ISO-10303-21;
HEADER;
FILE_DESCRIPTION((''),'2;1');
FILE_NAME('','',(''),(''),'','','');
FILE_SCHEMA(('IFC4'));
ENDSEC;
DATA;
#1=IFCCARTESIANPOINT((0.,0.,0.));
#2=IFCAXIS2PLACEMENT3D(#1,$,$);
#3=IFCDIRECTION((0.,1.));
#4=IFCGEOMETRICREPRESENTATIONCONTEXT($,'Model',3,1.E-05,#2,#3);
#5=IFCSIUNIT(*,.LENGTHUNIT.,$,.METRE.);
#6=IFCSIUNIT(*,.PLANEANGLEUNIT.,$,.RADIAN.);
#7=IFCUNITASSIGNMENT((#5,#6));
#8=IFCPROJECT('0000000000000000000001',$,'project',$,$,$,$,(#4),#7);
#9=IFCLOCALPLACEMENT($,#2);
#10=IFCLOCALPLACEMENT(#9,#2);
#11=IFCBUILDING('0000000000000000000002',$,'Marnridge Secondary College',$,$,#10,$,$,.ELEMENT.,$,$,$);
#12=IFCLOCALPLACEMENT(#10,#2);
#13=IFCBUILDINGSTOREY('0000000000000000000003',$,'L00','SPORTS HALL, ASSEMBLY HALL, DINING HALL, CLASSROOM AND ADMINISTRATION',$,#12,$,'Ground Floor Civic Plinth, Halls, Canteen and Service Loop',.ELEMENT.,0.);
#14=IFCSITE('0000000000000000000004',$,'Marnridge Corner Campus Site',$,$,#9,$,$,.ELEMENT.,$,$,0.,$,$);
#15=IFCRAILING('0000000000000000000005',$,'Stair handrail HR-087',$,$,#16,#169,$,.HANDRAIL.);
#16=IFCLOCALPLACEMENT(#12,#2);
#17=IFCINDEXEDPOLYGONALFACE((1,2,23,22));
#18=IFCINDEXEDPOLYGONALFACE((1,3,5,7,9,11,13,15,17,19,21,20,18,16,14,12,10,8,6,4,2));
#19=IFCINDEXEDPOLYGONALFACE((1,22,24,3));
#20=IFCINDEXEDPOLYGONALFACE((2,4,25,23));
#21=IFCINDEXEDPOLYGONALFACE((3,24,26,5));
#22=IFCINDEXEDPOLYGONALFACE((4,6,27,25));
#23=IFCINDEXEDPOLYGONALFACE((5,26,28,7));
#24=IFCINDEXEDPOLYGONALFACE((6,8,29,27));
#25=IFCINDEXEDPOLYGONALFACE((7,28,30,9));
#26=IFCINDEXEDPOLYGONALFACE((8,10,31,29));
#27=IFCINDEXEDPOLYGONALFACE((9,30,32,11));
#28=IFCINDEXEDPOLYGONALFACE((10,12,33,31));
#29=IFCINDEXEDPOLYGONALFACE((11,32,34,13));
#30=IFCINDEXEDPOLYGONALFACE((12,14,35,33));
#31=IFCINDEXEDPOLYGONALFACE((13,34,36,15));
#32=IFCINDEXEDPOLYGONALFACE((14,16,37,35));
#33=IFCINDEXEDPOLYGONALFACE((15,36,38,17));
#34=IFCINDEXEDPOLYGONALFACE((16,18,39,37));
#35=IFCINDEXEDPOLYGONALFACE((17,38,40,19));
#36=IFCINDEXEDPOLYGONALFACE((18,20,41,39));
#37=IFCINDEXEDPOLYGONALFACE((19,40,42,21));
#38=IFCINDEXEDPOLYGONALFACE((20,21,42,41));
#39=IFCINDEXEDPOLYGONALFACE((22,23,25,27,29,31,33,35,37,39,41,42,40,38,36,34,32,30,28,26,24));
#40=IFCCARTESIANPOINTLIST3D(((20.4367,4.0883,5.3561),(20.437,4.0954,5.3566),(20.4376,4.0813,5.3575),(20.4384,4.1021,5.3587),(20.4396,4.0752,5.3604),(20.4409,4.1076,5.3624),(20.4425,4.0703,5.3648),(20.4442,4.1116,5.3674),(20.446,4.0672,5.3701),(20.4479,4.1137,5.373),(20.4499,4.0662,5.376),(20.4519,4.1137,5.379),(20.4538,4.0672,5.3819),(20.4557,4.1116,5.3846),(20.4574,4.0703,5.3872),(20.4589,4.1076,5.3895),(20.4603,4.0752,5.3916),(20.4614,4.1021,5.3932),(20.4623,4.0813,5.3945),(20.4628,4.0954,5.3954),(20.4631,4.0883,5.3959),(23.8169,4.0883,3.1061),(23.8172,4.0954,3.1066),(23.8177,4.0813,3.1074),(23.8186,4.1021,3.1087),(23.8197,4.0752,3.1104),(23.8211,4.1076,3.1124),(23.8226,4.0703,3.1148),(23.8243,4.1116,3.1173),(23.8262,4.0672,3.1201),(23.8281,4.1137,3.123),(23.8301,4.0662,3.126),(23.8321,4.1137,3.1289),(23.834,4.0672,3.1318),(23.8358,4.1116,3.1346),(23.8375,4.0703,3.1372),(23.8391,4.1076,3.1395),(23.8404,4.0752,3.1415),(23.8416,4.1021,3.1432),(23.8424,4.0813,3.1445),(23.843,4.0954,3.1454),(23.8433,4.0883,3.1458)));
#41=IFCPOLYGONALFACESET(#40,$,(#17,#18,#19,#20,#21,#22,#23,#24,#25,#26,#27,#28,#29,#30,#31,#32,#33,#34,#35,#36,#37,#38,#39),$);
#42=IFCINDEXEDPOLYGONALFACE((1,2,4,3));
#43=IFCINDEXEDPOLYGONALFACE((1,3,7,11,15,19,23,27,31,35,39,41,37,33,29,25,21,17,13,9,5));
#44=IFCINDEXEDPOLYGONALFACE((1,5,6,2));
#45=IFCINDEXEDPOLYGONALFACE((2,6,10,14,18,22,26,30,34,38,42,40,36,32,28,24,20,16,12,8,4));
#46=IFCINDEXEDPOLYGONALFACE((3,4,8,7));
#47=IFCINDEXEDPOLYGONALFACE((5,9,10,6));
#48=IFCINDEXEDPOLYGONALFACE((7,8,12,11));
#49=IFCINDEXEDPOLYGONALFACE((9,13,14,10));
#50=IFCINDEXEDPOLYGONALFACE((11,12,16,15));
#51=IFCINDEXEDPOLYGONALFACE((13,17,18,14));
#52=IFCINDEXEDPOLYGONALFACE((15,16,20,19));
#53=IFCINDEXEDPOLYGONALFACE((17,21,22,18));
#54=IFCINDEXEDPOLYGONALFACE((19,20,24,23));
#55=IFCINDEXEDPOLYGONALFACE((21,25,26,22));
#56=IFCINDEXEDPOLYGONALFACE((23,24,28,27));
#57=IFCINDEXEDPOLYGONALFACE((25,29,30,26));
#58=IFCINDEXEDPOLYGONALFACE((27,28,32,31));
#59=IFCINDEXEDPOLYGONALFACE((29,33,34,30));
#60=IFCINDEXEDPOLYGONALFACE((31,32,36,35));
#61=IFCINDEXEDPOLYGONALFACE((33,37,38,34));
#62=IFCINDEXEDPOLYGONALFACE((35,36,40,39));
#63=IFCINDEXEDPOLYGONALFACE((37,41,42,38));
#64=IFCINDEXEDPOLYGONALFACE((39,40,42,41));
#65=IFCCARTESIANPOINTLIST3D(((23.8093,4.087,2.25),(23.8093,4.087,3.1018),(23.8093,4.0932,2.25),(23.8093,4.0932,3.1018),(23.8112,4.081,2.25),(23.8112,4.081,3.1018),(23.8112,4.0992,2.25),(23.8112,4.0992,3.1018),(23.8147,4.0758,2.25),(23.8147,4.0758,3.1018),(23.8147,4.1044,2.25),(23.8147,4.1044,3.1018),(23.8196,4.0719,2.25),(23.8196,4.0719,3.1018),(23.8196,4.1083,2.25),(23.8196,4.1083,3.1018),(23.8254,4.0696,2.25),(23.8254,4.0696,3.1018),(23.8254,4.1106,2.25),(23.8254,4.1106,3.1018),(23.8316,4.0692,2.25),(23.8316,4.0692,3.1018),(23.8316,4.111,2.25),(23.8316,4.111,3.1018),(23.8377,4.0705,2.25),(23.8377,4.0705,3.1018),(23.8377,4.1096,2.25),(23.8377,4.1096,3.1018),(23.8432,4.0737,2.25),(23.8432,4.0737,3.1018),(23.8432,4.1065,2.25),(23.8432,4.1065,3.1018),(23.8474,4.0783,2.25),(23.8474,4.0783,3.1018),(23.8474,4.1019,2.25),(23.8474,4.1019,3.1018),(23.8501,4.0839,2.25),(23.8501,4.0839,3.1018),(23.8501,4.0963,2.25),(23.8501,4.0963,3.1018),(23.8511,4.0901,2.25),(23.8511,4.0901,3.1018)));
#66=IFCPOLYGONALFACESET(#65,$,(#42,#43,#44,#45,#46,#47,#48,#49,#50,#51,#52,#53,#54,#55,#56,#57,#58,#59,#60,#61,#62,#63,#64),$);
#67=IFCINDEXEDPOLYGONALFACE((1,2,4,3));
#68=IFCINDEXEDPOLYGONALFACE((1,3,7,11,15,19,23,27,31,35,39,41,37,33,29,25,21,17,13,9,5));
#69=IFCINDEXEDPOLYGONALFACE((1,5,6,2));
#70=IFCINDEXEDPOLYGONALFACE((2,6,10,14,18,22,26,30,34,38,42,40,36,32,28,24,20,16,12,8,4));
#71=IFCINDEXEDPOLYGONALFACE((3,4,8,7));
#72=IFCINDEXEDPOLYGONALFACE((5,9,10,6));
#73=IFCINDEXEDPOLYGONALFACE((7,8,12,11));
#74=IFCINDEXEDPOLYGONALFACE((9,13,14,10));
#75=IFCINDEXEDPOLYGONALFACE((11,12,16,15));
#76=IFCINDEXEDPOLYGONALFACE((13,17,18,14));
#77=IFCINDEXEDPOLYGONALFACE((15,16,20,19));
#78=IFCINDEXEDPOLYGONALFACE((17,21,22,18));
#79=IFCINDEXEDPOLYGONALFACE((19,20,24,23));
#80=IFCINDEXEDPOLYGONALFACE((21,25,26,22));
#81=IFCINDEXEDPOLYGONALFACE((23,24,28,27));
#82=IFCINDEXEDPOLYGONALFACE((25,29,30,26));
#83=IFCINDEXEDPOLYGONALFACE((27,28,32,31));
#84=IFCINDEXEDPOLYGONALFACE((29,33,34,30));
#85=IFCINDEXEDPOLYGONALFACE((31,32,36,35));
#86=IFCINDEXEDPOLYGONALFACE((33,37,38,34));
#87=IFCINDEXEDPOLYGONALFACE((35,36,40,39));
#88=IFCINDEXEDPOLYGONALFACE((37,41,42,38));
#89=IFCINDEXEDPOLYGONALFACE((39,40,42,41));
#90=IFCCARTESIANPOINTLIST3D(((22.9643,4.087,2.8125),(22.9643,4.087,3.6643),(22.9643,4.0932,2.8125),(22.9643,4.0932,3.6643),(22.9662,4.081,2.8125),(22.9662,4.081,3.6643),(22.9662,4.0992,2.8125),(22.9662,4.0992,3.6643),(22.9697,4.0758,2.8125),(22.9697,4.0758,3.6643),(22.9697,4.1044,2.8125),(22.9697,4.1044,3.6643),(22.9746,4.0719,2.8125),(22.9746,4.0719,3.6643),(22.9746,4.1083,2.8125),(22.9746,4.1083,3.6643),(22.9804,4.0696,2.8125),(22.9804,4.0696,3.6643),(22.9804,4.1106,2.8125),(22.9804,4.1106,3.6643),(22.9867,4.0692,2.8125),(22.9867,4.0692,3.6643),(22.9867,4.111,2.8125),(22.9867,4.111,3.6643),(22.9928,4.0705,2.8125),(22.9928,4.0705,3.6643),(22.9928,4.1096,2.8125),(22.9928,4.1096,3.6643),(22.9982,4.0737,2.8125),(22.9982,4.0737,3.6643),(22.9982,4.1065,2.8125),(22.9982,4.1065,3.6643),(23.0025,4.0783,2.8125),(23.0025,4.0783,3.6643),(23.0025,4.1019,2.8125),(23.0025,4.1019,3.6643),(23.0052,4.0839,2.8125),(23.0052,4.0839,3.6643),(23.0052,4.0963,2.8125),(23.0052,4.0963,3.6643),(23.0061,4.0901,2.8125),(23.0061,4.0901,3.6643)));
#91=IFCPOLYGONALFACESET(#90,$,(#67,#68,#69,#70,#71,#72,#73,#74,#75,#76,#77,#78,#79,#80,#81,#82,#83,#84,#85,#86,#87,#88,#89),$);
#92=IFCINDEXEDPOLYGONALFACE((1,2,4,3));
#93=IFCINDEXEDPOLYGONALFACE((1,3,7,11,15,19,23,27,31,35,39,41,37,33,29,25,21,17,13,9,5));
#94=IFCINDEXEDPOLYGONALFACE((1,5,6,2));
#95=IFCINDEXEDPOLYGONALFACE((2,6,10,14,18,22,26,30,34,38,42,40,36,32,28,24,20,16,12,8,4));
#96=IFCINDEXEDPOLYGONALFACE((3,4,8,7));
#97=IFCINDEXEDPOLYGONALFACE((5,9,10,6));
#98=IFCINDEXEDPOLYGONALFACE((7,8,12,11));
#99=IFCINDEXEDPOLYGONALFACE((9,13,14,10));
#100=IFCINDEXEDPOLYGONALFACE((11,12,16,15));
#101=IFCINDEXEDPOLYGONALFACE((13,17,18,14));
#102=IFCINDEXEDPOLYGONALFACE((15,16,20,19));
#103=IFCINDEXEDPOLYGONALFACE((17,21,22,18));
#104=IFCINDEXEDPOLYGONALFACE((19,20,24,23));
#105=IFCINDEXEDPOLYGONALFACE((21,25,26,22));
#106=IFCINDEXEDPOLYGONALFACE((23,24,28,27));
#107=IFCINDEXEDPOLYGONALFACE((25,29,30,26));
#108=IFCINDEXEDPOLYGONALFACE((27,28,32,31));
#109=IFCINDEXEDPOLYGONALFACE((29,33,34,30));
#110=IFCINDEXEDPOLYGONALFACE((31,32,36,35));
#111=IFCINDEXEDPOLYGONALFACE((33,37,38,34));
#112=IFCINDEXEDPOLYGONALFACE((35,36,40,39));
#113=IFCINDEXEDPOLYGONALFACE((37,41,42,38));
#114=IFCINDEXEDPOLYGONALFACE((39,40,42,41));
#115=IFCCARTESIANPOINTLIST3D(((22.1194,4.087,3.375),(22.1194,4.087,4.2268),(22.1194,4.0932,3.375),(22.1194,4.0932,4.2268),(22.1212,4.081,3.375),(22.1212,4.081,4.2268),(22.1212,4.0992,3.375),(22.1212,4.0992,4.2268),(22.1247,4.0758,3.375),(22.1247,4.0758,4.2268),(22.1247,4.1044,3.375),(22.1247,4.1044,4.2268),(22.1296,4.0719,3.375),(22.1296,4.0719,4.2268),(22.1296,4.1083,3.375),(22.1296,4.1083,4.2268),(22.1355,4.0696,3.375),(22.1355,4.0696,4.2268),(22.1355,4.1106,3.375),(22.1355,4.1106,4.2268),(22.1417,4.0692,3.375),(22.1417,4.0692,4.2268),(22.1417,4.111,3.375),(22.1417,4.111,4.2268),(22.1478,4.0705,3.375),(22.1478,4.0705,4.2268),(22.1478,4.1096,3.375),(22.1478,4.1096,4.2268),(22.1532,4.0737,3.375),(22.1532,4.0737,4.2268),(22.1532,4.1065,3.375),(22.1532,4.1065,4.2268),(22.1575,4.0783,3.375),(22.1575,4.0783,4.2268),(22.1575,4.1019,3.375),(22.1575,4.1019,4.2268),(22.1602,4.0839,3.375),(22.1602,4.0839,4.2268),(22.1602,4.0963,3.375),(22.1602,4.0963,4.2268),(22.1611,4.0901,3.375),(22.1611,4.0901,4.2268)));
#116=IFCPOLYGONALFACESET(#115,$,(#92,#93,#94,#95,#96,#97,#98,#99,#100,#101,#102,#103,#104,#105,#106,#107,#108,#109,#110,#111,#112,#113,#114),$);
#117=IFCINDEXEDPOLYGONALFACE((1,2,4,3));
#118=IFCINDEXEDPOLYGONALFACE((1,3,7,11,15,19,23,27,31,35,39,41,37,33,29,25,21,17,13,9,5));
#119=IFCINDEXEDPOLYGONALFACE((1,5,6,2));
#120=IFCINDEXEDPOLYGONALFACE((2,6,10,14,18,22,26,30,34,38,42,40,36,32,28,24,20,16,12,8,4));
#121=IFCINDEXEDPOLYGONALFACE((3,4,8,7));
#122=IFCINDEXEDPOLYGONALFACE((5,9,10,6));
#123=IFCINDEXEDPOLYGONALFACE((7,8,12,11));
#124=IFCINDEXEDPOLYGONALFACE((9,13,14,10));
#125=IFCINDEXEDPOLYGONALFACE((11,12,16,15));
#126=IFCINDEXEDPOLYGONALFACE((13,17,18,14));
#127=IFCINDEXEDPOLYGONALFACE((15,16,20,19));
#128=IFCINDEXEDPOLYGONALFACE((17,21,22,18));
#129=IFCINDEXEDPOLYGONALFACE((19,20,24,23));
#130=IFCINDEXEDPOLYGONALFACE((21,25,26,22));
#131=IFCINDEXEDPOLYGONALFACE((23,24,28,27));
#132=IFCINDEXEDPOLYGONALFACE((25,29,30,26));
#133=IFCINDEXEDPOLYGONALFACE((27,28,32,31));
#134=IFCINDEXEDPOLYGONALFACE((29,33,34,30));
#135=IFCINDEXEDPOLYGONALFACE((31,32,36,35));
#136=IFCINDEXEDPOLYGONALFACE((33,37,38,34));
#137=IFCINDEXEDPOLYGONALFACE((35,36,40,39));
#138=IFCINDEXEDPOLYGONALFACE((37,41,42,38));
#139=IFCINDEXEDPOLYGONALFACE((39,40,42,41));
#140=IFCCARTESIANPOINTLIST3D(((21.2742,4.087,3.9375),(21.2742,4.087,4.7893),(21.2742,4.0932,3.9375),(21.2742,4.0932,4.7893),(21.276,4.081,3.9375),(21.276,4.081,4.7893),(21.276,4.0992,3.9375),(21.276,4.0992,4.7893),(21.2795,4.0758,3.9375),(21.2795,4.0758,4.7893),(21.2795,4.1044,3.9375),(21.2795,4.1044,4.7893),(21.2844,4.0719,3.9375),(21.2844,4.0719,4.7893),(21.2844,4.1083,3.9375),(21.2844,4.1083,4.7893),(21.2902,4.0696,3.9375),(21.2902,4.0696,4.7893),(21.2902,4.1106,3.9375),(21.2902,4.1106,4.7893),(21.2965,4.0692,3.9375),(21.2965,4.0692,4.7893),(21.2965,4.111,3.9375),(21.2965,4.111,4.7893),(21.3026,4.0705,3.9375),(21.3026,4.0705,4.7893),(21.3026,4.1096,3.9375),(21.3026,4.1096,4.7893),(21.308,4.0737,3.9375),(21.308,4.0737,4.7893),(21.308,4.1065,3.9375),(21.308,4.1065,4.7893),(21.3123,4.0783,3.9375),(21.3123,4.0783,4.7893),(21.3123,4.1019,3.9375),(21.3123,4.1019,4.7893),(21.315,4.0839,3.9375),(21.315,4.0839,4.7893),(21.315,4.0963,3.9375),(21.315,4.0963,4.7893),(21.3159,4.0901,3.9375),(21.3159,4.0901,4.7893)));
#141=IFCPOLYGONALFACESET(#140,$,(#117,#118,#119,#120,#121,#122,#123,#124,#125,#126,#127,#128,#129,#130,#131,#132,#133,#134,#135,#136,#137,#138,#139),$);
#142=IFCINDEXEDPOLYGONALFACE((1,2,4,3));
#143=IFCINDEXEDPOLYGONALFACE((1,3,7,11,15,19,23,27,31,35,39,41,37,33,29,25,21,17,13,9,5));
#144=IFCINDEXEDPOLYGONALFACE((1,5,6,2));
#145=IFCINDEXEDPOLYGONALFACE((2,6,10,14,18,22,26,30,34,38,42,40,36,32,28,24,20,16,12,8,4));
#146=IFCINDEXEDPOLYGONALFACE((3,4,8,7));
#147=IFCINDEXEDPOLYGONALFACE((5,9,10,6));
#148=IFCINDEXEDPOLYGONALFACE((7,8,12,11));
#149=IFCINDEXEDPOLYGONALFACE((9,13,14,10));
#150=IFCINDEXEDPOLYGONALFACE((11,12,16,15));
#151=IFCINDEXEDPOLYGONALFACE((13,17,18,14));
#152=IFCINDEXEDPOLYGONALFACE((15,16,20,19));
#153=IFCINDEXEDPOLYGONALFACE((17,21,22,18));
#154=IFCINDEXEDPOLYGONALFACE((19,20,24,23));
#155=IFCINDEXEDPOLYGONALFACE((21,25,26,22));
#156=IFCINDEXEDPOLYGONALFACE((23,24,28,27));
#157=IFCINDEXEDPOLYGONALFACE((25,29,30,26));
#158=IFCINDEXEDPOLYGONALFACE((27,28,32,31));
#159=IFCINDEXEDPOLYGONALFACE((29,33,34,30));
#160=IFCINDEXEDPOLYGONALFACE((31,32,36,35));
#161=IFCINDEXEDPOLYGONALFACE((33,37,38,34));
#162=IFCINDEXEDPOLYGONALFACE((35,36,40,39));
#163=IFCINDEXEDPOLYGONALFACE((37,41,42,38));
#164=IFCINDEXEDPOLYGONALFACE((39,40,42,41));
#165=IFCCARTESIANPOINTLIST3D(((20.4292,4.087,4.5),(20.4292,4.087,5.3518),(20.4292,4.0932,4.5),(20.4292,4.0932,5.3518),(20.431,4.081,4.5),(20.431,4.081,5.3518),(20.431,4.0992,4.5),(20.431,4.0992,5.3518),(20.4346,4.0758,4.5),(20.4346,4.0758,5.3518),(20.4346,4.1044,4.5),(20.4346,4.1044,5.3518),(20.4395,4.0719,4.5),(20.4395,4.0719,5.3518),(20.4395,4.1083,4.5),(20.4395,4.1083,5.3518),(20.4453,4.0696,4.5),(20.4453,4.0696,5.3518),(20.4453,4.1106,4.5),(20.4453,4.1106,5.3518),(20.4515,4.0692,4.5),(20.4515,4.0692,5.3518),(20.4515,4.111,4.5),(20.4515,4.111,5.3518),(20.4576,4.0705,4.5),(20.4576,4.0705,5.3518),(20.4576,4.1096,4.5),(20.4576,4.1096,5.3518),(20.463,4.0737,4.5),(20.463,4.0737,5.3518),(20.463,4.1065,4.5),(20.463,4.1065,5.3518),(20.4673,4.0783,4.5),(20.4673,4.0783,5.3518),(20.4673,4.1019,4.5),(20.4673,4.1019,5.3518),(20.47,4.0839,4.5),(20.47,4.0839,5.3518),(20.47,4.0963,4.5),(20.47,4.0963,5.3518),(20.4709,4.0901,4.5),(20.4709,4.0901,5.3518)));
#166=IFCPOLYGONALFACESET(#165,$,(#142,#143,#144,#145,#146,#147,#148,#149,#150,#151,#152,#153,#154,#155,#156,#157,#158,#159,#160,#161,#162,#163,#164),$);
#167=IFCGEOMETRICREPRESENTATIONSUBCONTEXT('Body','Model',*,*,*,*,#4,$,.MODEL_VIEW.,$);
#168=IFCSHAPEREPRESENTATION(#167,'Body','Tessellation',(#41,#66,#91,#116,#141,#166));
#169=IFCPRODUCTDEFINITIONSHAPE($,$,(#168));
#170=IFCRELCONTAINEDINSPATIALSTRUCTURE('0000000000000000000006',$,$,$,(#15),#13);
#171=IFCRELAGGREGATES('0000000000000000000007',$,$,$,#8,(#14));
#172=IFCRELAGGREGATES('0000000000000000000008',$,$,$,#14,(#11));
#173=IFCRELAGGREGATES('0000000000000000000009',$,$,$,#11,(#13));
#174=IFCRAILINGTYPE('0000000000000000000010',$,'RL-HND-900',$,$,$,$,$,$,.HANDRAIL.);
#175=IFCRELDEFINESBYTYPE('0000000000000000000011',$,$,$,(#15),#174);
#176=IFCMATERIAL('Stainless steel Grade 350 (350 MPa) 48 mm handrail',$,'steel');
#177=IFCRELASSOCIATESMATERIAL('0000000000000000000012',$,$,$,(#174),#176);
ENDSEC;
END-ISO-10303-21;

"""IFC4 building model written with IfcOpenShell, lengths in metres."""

from ifc_helpers import new_model, si_unit, direction, frame, origin, origin_2d, place, context, subcontext, project, spatial, circle, extrude, material, type_object, element, save


model = new_model("IFC4")

# Units and contexts
model_context = context("Model", 3, precision=1e-05, world=origin(), true_north=direction((0.0, 1.0)))
body_context = subcontext(model_context, "Body", "Model", "MODEL_VIEW")
ifc_project = project(units=[si_unit("LENGTHUNIT", "METRE"), si_unit("PLANEANGLEUNIT", "RADIAN")], contexts=[model_context])

# Site, building, storey
site_placement = place(None, origin())
site = spatial("IfcSite", under=ifc_project, at=site_placement, Name="Marnridge Corner Campus Site", CompositionType="ELEMENT", RefElevation=0.0)
building_placement = place(site_placement, origin())
building = spatial("IfcBuilding", under=site, at=building_placement, Name="Marnridge Secondary College", CompositionType="ELEMENT")
storey_placement = place(building_placement, origin())
storey = spatial("IfcBuildingStorey", under=building, at=storey_placement, Name="L00", Description="SPORTS HALL, ASSEMBLY HALL, DINING HALL, CLASSROOM AND ADMINISTRATION", LongName="Ground Floor Civic Plinth, Halls, Canteen and Service Loop", CompositionType="ELEMENT", Elevation=0.0)

# Railing
ifc_material_1 = material(Name="Stainless steel Grade 350 (350 MPa) 48 mm handrail", Category="steel")
railing_type_1 = type_object("IfcRailingType", Name="RL-HND-900", PredefinedType="HANDRAIL", material=ifc_material_1)
railing_1_placement = place(storey_placement, frame((23.8301, 4.0901, 2.25)))
element("IfcRailing", 1, at=railing_1_placement, inside=storey, type_object=railing_type_1, Name="Stair handrail HR-087", PredefinedType="HANDRAIL", context=body_context, shape_type="SweptSolid", body=[
    extrude(circle(Radius=0.0239, at=origin_2d()), frame((0.0, 0.0, 0.876), z_axis=(-0.832439, 0.0, 0.554117), x_axis=(0.0, -1.0, 0.0)), (0.0, 0.0, 1.0), 4.0605),
    extrude(circle(Radius=0.021, at=origin_2d()), origin(), (0.0, 0.0, 1.0), 0.8518),
    extrude(circle(Radius=0.021, at=origin_2d()), frame((-0.845, 0.0, 0.5625)), (0.0, 0.0, 1.0), 0.8518),
    extrude(circle(Radius=0.021, at=origin_2d()), frame((-1.6899, 0.0, 1.125)), (0.0, 0.0, 1.0), 0.8518),
    extrude(circle(Radius=0.021, at=origin_2d()), frame((-2.5352, 0.0, 1.6875)), (0.0, 0.0, 1.0), 0.8518),
    extrude(circle(Radius=0.021, at=origin_2d()), frame((-3.3801, 0.0, 2.25)), (0.0, 0.0, 1.0), 0.8518),
])

save(model, "model.ifc")
